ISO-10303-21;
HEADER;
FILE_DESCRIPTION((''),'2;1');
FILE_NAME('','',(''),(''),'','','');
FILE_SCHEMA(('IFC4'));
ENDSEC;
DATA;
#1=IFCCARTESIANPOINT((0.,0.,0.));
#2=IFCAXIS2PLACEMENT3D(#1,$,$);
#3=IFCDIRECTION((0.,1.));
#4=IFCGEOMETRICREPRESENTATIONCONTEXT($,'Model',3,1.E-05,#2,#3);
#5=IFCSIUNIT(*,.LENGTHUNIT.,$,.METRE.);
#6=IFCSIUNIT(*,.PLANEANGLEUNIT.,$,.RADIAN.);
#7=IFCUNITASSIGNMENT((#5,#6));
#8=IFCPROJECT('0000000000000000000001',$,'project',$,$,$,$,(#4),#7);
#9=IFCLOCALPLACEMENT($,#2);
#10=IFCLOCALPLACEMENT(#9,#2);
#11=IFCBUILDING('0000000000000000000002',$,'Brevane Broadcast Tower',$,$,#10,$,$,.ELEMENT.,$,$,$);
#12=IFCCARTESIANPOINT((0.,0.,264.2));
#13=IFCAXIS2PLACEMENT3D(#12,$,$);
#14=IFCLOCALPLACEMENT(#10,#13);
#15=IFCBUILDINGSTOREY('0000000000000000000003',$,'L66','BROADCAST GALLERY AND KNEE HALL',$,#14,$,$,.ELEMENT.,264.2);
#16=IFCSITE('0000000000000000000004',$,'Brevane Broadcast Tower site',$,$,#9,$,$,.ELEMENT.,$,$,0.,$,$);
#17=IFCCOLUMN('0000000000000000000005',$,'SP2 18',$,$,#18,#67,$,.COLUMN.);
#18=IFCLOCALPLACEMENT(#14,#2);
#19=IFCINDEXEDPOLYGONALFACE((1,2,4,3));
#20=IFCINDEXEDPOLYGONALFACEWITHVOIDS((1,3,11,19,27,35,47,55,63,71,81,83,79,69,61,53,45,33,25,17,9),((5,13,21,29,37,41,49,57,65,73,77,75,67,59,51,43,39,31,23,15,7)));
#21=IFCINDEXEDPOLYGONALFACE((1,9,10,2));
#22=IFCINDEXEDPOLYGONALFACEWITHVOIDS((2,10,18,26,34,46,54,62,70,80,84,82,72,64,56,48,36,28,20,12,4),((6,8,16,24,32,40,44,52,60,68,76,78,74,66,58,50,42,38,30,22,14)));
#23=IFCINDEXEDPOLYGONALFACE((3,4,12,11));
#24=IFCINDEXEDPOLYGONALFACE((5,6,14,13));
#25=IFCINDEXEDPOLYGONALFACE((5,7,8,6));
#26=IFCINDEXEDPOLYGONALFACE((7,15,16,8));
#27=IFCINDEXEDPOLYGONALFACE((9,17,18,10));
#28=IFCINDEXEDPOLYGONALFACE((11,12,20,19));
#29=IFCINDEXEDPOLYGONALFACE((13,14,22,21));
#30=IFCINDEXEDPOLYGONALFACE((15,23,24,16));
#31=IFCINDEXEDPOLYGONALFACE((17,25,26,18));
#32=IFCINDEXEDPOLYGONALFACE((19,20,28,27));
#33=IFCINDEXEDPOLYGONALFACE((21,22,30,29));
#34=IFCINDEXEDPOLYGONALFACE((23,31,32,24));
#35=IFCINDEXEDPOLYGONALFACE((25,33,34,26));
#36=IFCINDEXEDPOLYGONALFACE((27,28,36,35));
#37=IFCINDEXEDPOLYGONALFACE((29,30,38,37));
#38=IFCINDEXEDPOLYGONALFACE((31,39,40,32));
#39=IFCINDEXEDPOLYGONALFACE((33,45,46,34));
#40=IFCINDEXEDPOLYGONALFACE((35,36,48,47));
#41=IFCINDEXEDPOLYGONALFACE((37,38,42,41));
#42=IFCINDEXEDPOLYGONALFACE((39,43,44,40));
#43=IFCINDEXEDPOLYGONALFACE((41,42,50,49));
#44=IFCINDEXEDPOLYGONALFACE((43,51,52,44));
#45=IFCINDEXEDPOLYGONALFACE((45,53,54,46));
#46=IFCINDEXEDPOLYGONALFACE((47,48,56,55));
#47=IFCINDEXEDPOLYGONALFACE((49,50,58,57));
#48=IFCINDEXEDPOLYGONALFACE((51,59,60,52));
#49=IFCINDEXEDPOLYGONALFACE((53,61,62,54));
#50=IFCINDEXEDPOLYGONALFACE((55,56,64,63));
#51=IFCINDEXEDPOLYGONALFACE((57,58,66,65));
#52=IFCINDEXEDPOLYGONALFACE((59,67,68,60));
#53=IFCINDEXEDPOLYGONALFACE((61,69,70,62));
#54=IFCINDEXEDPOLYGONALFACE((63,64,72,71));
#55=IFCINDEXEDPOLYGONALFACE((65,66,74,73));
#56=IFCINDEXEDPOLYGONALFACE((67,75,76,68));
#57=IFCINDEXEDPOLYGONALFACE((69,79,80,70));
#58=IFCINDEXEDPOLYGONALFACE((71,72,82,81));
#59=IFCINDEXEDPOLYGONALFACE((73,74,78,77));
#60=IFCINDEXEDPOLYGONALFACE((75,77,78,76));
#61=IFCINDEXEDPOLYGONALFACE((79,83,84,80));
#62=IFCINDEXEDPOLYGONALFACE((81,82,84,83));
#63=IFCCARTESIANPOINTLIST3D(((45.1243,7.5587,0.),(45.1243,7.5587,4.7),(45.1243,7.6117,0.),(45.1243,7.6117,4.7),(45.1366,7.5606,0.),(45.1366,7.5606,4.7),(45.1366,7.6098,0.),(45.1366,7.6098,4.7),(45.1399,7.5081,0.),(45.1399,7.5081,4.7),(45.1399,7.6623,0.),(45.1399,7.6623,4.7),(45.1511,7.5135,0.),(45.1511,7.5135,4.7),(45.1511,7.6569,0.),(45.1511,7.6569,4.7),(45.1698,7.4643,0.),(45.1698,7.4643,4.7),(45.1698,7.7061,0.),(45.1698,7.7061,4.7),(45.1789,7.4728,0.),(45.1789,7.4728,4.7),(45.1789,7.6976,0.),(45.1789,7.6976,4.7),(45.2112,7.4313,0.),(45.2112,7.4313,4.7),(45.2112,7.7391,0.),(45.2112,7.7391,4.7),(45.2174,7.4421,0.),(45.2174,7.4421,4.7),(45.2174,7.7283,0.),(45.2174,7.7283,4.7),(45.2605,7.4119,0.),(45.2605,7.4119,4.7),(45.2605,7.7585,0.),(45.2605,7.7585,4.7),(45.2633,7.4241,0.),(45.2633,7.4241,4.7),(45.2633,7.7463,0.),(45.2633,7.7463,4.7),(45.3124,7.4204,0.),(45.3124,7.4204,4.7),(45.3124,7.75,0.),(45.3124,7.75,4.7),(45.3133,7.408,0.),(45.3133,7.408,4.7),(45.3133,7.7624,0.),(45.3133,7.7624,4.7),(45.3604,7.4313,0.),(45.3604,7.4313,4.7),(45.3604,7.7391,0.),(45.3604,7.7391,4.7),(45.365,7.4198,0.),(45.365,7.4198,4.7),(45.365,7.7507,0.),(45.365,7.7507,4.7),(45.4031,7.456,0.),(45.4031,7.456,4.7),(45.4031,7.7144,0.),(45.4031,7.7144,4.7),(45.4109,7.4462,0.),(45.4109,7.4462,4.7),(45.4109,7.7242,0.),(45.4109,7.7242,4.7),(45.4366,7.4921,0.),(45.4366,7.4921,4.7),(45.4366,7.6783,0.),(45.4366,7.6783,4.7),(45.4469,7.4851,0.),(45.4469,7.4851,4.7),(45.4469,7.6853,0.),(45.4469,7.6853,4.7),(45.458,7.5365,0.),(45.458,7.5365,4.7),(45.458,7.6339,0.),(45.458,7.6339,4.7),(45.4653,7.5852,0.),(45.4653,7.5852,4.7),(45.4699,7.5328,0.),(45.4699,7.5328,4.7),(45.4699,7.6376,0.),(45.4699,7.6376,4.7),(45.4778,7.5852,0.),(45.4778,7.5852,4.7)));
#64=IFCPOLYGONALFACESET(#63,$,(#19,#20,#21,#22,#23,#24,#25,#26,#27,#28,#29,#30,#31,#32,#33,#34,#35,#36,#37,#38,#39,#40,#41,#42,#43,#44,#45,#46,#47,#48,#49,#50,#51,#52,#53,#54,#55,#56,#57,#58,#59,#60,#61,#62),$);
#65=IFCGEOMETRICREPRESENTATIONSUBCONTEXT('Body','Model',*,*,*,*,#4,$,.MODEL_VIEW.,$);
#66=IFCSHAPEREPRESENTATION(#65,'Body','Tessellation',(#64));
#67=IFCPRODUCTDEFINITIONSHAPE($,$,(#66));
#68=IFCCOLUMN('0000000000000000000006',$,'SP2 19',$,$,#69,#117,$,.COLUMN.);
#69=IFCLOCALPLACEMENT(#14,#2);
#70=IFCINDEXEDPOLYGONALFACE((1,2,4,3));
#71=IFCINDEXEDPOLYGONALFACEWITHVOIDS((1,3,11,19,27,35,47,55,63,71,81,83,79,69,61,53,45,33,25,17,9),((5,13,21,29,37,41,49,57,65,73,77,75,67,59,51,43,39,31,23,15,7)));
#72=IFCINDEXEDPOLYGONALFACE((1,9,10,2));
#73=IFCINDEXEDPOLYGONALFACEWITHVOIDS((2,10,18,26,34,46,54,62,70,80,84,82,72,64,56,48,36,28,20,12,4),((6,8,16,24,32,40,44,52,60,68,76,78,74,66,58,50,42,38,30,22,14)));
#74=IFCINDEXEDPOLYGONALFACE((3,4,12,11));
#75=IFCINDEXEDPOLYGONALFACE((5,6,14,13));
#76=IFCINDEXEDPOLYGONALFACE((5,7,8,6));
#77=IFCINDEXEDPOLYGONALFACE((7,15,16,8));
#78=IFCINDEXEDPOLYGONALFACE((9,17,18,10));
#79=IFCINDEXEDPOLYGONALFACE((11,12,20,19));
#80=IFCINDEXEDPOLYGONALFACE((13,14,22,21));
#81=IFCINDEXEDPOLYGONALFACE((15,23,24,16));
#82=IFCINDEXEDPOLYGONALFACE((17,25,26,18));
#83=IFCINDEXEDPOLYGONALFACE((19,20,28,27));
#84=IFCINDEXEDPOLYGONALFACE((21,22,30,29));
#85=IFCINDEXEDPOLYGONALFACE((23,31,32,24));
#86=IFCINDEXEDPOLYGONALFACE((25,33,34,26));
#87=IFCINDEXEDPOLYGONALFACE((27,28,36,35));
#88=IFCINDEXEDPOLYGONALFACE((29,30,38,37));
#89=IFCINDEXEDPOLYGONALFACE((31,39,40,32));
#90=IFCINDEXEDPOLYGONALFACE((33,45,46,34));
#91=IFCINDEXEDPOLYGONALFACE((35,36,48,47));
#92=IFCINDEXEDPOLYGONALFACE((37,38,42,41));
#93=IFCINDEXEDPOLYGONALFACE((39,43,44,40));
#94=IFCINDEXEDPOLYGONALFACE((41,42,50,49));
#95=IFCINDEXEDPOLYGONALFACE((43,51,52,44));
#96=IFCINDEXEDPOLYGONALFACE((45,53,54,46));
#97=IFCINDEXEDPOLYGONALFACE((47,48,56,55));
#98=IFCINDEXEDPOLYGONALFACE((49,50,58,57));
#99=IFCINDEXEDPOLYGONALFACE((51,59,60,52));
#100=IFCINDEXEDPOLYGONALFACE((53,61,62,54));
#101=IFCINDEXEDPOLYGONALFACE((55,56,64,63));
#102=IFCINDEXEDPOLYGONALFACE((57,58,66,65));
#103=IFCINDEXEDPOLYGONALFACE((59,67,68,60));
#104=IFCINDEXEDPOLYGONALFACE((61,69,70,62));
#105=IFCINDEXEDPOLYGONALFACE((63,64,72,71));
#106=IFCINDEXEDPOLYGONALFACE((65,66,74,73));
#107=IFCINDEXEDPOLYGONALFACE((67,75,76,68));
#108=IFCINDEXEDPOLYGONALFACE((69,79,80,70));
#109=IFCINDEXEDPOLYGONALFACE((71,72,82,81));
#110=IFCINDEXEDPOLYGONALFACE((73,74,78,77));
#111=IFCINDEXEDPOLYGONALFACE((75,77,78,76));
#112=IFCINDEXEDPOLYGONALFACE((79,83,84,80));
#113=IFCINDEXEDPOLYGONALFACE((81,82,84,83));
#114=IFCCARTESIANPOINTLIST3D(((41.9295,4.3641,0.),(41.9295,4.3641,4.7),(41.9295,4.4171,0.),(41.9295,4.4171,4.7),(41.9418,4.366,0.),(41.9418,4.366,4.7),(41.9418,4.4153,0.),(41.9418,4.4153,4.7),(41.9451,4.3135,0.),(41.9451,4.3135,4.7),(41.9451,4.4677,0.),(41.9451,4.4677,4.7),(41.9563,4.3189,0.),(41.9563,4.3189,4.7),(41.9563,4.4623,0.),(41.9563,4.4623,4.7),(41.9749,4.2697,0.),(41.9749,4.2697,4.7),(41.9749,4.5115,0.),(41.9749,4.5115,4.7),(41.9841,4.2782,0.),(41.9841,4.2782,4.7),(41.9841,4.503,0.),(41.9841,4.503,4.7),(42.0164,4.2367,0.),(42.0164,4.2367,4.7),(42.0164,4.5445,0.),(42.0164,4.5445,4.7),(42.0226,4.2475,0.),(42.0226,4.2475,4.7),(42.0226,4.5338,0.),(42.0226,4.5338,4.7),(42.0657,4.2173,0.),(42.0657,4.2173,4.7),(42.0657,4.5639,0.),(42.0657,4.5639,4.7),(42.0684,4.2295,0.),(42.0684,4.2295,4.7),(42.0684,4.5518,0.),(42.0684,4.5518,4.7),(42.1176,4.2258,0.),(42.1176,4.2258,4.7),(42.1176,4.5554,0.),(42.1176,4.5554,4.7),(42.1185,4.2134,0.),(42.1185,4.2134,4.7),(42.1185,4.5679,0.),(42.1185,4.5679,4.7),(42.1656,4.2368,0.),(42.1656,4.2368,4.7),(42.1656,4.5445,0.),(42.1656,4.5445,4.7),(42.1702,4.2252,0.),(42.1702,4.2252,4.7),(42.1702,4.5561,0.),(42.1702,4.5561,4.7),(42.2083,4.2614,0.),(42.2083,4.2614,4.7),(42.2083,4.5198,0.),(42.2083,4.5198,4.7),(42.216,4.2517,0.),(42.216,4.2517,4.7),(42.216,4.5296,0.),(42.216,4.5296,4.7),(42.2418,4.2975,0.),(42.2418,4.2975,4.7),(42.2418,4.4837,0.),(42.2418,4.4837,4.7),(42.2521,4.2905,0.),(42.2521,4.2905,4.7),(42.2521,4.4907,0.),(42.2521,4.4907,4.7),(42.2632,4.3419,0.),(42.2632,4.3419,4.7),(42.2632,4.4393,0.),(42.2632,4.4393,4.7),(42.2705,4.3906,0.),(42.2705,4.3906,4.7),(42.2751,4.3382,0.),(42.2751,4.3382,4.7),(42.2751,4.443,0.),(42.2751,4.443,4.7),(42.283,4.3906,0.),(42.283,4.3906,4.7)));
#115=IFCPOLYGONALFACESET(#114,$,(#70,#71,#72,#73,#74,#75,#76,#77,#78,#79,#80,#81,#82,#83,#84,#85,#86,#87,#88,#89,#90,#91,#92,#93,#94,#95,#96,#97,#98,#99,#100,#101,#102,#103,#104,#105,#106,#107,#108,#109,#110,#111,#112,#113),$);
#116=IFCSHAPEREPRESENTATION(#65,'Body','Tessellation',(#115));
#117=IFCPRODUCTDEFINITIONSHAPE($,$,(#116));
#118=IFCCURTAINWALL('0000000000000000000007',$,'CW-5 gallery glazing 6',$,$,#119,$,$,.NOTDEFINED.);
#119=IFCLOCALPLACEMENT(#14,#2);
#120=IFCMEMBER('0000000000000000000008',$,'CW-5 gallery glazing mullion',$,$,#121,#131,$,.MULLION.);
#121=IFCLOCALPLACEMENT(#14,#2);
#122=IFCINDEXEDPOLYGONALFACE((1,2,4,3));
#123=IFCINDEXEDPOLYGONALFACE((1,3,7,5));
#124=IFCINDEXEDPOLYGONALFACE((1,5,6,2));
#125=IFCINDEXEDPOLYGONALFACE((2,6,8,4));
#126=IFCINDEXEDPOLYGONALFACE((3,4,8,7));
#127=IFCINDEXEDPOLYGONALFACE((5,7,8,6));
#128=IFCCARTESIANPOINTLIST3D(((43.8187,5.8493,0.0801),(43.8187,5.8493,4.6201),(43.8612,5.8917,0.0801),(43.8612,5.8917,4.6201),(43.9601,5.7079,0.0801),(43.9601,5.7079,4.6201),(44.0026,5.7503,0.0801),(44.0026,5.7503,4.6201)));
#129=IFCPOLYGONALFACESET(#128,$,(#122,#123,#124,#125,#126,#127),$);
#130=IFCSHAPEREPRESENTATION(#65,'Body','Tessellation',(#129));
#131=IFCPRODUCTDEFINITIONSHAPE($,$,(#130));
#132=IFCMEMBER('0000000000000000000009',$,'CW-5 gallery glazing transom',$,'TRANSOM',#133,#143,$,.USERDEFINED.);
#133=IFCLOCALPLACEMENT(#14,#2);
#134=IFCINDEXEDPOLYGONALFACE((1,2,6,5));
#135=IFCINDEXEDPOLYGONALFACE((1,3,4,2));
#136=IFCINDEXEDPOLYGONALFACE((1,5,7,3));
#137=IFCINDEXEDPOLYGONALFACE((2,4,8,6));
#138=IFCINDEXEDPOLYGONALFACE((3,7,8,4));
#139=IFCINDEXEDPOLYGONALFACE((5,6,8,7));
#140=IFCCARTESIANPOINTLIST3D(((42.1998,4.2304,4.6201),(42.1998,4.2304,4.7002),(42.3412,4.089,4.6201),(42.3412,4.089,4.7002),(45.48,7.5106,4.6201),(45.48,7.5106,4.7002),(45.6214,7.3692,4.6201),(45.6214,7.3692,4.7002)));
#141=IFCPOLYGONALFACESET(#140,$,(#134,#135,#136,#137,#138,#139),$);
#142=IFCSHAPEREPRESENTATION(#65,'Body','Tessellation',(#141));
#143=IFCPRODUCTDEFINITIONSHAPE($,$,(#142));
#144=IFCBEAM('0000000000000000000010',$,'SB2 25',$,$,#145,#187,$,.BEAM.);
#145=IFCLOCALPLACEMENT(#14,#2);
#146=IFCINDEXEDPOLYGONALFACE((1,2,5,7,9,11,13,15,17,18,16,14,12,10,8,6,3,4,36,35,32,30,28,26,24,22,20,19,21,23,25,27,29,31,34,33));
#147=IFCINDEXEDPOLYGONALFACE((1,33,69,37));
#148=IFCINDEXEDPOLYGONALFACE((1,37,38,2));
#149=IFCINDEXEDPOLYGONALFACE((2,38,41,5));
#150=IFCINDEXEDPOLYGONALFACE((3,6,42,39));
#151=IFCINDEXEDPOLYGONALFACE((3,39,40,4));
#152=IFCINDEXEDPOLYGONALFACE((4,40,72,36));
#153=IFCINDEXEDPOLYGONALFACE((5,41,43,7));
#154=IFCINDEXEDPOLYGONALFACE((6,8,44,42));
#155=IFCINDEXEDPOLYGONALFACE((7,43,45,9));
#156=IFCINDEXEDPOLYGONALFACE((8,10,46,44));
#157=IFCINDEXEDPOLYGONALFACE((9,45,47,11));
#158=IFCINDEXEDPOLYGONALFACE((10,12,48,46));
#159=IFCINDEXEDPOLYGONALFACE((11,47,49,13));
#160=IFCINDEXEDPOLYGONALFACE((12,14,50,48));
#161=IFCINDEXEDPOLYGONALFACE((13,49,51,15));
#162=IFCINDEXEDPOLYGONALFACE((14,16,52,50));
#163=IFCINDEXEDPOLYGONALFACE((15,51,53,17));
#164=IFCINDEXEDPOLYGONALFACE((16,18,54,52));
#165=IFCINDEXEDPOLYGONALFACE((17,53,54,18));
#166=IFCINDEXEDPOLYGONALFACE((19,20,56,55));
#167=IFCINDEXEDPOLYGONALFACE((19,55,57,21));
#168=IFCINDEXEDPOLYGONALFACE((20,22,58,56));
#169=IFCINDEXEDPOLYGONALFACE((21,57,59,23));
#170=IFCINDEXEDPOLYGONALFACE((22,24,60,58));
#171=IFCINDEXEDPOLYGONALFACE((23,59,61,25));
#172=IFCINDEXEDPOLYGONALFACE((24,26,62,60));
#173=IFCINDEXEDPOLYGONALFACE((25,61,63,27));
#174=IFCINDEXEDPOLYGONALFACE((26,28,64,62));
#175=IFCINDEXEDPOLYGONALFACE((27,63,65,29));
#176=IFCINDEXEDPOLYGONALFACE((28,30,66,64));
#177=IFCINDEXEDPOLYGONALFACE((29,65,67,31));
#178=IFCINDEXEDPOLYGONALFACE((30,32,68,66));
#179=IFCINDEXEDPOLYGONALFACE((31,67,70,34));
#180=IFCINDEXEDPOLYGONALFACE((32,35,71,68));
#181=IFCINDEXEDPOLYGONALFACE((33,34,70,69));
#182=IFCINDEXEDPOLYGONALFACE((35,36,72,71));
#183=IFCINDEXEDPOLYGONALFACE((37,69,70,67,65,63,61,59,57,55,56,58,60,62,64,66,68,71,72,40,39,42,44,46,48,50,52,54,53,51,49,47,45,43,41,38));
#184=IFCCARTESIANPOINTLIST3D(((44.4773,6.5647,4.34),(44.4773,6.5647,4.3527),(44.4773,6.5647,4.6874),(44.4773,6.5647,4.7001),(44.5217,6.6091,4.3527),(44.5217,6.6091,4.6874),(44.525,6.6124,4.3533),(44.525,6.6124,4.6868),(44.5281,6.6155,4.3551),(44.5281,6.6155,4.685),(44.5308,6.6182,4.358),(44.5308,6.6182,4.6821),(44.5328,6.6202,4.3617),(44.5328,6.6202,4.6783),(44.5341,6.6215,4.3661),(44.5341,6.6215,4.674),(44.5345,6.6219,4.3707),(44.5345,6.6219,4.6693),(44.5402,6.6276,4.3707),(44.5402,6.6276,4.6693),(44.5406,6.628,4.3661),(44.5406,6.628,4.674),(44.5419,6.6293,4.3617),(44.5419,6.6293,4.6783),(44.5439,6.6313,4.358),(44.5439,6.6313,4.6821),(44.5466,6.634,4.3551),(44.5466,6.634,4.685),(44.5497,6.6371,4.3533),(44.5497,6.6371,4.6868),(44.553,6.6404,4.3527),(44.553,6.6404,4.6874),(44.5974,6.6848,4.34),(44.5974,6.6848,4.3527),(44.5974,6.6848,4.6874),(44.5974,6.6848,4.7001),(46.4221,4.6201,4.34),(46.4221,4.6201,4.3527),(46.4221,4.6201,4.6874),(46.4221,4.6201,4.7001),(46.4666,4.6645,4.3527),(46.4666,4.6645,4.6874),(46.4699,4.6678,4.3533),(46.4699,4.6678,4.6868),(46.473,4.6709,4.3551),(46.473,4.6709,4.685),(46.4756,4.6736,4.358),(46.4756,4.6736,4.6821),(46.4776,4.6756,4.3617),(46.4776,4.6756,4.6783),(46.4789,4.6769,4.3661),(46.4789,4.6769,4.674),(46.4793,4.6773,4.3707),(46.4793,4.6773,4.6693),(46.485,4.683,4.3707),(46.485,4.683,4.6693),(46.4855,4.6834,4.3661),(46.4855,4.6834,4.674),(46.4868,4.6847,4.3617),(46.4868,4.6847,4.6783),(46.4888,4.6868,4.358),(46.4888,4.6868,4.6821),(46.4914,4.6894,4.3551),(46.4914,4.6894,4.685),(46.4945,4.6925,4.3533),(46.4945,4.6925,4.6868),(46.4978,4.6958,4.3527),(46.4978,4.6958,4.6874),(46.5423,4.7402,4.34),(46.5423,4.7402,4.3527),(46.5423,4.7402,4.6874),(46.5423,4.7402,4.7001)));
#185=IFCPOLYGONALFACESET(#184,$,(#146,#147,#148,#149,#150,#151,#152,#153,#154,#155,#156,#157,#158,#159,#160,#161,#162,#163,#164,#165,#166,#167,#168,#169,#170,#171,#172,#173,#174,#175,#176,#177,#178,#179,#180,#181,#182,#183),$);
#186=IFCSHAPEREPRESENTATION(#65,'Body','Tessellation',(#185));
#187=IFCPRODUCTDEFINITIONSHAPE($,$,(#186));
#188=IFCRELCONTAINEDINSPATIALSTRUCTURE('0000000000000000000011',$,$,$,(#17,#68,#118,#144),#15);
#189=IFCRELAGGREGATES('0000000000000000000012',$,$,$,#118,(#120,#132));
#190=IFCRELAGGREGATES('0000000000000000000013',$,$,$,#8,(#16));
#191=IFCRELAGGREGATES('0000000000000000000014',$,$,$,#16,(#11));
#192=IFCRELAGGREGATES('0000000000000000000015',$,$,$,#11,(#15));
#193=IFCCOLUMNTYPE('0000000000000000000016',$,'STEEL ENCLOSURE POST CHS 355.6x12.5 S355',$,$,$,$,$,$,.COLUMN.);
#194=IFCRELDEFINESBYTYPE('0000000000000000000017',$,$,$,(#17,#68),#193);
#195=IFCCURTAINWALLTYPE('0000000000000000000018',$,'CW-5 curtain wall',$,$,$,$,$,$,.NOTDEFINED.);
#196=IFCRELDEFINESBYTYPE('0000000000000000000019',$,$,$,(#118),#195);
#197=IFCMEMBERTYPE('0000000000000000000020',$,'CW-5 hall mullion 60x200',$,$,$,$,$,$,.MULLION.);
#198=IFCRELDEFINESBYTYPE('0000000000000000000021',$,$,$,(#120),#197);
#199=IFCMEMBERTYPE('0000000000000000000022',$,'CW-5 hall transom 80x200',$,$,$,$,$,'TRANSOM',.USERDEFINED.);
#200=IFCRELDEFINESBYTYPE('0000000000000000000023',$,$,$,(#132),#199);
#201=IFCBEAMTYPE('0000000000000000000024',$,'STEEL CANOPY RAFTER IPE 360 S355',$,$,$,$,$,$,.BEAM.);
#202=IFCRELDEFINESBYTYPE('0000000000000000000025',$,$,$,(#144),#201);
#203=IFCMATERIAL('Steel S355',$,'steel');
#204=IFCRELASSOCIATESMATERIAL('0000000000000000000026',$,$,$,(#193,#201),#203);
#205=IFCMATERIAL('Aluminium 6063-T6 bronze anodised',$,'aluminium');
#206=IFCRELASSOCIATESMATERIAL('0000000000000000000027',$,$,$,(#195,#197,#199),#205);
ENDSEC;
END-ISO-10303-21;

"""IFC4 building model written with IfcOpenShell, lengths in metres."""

from ifc_helpers import new_model, si_unit, direction, frame, origin, origin_2d, place, context, subcontext, project, spatial, rectangle, hollow_circle, i_section, extrude, material, material_profile, profile_set, type_object, element, aggregate, save


model = new_model("IFC4")

# Units and contexts
model_context = context("Model", 3, precision=1e-05, world=origin(), true_north=direction((0.0, 1.0)))
body_context = subcontext(model_context, "Body", "Model", "MODEL_VIEW")
ifc_project = project(units=[si_unit("LENGTHUNIT", "METRE"), si_unit("PLANEANGLEUNIT", "RADIAN")], contexts=[model_context])

# Site, building, storey
site_placement = place(None, origin())
site = spatial("IfcSite", under=ifc_project, at=site_placement, Name="Brevane Broadcast Tower site", CompositionType="ELEMENT", RefElevation=0.0)
building_placement = place(site_placement, origin())
building = spatial("IfcBuilding", under=site, at=building_placement, Name="Brevane Broadcast Tower", CompositionType="ELEMENT")
storey_placement = place(building_placement, frame((0.0, 0.0, 264.2)))
storey = spatial("IfcBuildingStorey", under=building, at=storey_placement, Name="L66", Description="BROADCAST GALLERY AND KNEE HALL", CompositionType="ELEMENT", Elevation=264.2)

# Columns
ifc_material_1 = material(Name="Steel S355", Category="steel")
ifc_material_profile_1 = material_profile(ifc_material_1, hollow_circle(Radius=0.1777, WallThickness=0.0125, at=origin_2d()), Name="CHS 355.6x12.5")
ifc_profile_set_1 = profile_set([ifc_material_profile_1], Name="Steel S355")
column_type = type_object("IfcColumnType", Name="STEEL ENCLOSURE POST CHS 355.6x12.5 S355", PredefinedType="COLUMN", material=ifc_profile_set_1)
for number, where, z_axis, x_axis, name in (
    (1, (45.3, 7.5852, 0.0), (0.0, 0.0, 1.0), (1.0, 0.0, 0.0), "SP2 18"),
    (2, (42.1052, 4.3906, 0.0), (0.0, 0.0, 1.0), (1.0, 0.0, 0.0), "SP2 19"),
):
    element("IfcColumn", number, at=place(storey_placement, frame(where, z_axis=z_axis, x_axis=x_axis)), inside=storey, type_object=column_type, Name=name, PredefinedType="COLUMN", context=body_context, shape_type="SweptSolid", body=[
        extrude(hollow_circle(Radius=0.1777, WallThickness=0.0125, at=origin_2d()), origin(), (0.0, 0.0, 1.0), 4.7),
    ])

# Curtain wall, members
ifc_material_2 = material(Name="Aluminium 6063-T6 bronze anodised", Category="aluminium")
curtain_wall_type = type_object("IfcCurtainWallType", Name="CW-5 curtain wall", PredefinedType="NOTDEFINED", material=ifc_material_2)
curtain_wall_placement = place(storey_placement, origin())
curtain_wall = element("IfcCurtainWall", 3, at=curtain_wall_placement, inside=storey, type_object=curtain_wall_type, Name="CW-5 gallery glazing 6", PredefinedType="NOTDEFINED")
ifc_material_profile_2 = material_profile(ifc_material_2, rectangle(XDim=0.2, YDim=0.0601, at=origin_2d()), Name="RECT 60x200")
ifc_profile_set_2 = profile_set([ifc_material_profile_2], Name="Aluminium 6063-T6 bronze anodised")
member_type_1 = type_object("IfcMemberType", Name="CW-5 hall mullion 60x200", PredefinedType="MULLION", material=ifc_profile_set_2)
member_1_placement = place(storey_placement, frame((43.9106, 5.7998, 0.0801), z_axis=(0.0, 0.0, 1.0), x_axis=(-0.707107, 0.707107, 0.0)))
member_1 = element("IfcMember", 4, at=member_1_placement, type_object=member_type_1, Name="CW-5 gallery glazing mullion", PredefinedType="MULLION", context=body_context, shape_type="SweptSolid", body=[
    extrude(rectangle(XDim=0.2, YDim=0.0601, at=origin_2d()), origin(), (0.0, 0.0, 1.0), 4.54),
])
ifc_material_profile_3 = material_profile(ifc_material_2, rectangle(XDim=0.2, YDim=0.0801, at=origin_2d()), Name="RECT 80x200")
ifc_profile_set_3 = profile_set([ifc_material_profile_3], Name="Aluminium 6063-T6 bronze anodised")
member_type_2 = type_object("IfcMemberType", Name="CW-5 hall transom 80x200", ElementType="TRANSOM", PredefinedType="USERDEFINED", material=ifc_profile_set_3)
member_2_placement = place(storey_placement, frame((42.2705, 4.1597, 4.6602), z_axis=(0.707107, 0.707107, 0.0), x_axis=(-0.707107, 0.707107, 0.0)))
member_2 = element("IfcMember", 5, at=member_2_placement, type_object=member_type_2, Name="CW-5 gallery glazing transom", ObjectType="TRANSOM", PredefinedType="USERDEFINED", context=body_context, shape_type="SweptSolid", body=[
    extrude(rectangle(XDim=0.2, YDim=0.0801, at=origin_2d()), origin(), (0.0, 0.0, 1.0), 4.6389),
])

# Beam
ifc_material_profile_4 = material_profile(ifc_material_1, i_section(OverallWidth=0.1699, OverallDepth=0.3601, WebThickness=0.0081, FlangeThickness=0.0127, FilletRadius=0.0181, at=origin_2d()), Name="IPE 360")
ifc_profile_set_4 = profile_set([ifc_material_profile_4], Name="Steel S355")
beam_type_1 = type_object("IfcBeamType", Name="STEEL CANOPY RAFTER IPE 360 S355", PredefinedType="BEAM", material=ifc_profile_set_4)
for number, where, z_axis, x_axis, name in (
    (6, (44.5374, 6.6248, 4.52), (0.707151, -0.707062, 0.0), (0.707062, 0.707151, 0.0), "SB2 25"),
):
    element("IfcBeam", number, at=place(storey_placement, frame(where, z_axis=z_axis, x_axis=x_axis)), inside=storey, type_object=beam_type_1, Name=name, PredefinedType="BEAM", context=body_context, shape_type="SweptSolid", body=[
        extrude(i_section(OverallWidth=0.1699, OverallDepth=0.3601, WebThickness=0.0081, FlangeThickness=0.0127, FilletRadius=0.0181, at=origin_2d()), origin(), (0.0, 0.0, 1.0), 2.7502),
    ])

aggregate(curtain_wall, [member_1, member_2])

save(model, "model.ifc")
